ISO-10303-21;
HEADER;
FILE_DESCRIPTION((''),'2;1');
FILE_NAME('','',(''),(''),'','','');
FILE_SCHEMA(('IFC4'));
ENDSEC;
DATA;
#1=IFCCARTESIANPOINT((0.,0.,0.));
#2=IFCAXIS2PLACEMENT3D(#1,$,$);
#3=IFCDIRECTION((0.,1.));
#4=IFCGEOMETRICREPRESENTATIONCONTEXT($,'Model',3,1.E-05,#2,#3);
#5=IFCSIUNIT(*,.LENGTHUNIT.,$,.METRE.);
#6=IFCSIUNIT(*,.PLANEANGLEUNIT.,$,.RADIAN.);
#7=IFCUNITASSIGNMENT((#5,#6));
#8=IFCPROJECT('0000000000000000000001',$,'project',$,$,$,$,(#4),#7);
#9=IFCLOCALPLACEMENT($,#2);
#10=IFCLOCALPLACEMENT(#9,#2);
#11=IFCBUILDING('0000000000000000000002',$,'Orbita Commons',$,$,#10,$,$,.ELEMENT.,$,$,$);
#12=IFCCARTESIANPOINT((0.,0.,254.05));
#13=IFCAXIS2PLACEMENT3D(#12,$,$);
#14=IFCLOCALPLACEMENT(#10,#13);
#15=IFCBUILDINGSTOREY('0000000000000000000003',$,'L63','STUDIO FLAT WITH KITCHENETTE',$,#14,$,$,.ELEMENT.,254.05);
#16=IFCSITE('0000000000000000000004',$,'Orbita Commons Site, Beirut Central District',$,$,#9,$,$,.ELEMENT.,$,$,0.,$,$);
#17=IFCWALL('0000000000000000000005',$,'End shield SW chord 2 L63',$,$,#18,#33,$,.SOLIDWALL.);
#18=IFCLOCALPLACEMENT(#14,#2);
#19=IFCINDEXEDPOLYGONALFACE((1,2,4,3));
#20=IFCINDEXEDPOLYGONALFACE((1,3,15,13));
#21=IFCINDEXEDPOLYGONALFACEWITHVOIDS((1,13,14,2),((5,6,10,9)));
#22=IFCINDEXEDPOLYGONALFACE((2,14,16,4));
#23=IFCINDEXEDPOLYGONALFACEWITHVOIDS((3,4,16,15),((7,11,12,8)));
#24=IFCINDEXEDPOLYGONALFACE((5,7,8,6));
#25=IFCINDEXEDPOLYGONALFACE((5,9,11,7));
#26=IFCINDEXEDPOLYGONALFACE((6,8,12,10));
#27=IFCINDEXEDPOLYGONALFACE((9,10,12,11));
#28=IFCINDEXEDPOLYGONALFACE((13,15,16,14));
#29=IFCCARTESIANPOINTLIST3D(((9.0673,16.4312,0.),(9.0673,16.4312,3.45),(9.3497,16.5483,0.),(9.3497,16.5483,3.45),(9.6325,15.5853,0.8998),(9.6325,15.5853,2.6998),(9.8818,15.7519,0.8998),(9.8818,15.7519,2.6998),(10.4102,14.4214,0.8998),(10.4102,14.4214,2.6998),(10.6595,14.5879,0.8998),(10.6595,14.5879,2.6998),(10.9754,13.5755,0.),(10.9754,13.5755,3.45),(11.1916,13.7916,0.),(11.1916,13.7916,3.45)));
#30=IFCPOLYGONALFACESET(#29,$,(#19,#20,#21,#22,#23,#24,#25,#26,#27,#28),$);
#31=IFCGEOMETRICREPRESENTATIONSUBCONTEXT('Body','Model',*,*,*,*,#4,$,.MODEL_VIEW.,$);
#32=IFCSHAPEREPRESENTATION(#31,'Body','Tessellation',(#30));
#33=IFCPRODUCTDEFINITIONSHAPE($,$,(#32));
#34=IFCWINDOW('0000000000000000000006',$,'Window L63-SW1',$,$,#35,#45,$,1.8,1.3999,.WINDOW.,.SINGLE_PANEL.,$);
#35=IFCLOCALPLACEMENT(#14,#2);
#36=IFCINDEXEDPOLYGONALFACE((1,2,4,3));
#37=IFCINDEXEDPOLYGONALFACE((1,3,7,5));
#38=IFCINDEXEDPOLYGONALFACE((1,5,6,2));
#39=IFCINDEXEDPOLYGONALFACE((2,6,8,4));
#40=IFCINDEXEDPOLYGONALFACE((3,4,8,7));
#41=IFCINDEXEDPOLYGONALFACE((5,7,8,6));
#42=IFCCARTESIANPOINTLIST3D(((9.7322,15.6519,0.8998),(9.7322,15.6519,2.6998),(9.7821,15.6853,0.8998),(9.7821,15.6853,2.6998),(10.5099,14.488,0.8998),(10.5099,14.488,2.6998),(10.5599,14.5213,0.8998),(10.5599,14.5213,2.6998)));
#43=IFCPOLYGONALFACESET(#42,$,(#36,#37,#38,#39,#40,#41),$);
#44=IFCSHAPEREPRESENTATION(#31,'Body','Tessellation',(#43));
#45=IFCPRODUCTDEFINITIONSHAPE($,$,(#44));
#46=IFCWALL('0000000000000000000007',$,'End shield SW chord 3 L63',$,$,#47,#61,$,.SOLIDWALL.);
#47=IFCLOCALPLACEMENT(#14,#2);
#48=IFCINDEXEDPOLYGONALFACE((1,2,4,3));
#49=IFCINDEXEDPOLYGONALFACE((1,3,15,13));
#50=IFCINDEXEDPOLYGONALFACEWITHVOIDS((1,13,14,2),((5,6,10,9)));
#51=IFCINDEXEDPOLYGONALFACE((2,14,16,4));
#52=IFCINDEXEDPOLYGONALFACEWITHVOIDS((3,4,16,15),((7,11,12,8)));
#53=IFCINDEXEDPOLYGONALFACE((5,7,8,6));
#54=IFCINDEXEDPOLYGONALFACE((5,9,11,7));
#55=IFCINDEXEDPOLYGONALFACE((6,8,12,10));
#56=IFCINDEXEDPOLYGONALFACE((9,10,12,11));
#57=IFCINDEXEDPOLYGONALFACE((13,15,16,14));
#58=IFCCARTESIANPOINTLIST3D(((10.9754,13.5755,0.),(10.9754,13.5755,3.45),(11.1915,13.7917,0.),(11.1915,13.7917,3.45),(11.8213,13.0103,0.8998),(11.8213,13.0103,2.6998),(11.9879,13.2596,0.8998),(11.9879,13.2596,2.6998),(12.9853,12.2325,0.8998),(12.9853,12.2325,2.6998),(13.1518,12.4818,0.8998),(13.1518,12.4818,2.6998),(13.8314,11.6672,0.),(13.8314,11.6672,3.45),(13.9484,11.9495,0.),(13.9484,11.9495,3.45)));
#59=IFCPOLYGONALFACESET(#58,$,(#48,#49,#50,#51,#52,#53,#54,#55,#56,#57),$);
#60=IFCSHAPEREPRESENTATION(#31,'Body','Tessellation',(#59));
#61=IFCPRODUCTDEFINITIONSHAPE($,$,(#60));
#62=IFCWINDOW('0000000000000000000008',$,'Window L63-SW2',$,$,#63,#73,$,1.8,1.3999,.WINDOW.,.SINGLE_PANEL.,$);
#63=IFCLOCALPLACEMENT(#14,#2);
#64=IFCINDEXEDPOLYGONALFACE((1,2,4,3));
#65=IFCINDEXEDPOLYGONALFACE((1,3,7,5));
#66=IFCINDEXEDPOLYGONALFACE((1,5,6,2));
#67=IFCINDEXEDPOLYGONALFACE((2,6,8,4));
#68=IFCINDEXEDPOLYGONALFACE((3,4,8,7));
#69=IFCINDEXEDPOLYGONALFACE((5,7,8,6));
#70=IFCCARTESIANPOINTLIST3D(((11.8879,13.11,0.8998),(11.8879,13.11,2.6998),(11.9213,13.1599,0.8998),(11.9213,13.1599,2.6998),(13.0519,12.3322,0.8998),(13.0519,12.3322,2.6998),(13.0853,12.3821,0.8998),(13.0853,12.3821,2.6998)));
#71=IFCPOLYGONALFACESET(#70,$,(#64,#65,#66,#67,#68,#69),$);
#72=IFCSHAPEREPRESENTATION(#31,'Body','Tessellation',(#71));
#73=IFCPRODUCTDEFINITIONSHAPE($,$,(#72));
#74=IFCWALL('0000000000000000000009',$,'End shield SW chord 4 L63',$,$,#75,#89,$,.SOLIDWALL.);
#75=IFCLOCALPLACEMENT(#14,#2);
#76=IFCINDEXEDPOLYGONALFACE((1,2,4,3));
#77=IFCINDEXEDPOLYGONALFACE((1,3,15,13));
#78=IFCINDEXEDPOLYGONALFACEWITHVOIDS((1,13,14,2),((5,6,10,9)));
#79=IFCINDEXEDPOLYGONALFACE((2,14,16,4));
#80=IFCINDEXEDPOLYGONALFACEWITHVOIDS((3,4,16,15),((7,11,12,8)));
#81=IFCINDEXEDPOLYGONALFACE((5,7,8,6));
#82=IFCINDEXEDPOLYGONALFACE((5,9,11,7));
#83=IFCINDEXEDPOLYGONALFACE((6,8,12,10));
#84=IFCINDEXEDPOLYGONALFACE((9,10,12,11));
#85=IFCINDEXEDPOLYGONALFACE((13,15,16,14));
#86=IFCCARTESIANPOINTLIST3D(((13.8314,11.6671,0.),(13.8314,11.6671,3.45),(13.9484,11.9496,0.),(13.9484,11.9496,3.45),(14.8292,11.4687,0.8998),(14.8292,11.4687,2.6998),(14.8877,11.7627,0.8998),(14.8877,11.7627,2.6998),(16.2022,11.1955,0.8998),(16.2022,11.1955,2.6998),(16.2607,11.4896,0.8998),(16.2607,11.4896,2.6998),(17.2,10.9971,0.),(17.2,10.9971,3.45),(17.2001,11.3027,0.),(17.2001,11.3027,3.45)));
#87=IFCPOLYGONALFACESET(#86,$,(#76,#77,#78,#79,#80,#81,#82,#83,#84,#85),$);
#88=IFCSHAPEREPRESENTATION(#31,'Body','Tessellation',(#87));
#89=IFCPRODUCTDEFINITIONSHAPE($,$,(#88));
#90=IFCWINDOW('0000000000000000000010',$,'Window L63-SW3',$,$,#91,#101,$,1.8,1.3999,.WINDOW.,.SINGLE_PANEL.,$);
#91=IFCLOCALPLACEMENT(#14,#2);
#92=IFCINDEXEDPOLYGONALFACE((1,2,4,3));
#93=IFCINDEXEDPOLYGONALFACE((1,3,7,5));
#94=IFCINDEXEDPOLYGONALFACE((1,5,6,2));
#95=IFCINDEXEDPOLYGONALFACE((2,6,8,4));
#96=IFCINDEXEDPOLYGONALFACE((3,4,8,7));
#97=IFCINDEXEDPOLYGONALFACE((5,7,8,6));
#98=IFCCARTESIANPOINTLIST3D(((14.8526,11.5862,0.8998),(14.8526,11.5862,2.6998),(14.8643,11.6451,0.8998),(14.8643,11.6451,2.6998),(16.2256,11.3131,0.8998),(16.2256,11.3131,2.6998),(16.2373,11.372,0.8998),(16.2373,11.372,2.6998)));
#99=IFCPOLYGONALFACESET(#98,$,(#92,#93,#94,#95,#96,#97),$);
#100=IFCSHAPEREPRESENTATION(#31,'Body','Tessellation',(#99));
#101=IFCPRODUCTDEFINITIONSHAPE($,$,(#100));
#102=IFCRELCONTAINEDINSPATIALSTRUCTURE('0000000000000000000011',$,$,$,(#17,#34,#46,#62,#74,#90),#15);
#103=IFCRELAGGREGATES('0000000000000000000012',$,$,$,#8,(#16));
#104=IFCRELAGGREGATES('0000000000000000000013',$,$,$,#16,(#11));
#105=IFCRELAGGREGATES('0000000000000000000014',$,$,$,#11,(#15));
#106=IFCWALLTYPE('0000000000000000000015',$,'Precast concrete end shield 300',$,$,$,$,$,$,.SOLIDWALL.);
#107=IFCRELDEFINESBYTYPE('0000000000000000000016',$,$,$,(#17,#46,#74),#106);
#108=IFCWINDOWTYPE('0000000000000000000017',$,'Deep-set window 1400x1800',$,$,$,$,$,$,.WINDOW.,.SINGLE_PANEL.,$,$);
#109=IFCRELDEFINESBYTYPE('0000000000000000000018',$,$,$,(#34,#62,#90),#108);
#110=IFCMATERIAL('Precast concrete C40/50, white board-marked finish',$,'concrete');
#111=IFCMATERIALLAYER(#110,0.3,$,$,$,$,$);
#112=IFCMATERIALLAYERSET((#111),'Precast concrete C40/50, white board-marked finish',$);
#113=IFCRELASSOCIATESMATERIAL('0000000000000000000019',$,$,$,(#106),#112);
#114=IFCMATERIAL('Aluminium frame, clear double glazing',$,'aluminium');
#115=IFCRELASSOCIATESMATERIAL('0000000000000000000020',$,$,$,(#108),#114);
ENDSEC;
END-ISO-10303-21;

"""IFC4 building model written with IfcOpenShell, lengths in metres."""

from ifc_helpers import new_model, si_unit, direction, frame, frame_2d, origin, place, context, subcontext, project, spatial, polyline, rectangle, outline, extrude, material, layer, layer_set, type_object, element, fill, save


model = new_model("IFC4")

# Units and contexts
model_context = context("Model", 3, precision=1e-05, world=origin(), true_north=direction((0.0, 1.0)))
body_context = subcontext(model_context, "Body", "Model", "MODEL_VIEW")
ifc_project = project(units=[si_unit("LENGTHUNIT", "METRE"), si_unit("PLANEANGLEUNIT", "RADIAN")], contexts=[model_context])

# Site, building, storey
site_placement = place(None, origin())
site = spatial("IfcSite", under=ifc_project, at=site_placement, Name="Orbita Commons Site, Beirut Central District", CompositionType="ELEMENT", RefElevation=0.0)
building_placement = place(site_placement, origin())
building = spatial("IfcBuilding", under=site, at=building_placement, Name="Orbita Commons", CompositionType="ELEMENT")
storey_placement = place(building_placement, frame((0.0, 0.0, 254.05)))
storey = spatial("IfcBuildingStorey", under=building, at=storey_placement, Name="L63", Description="STUDIO FLAT WITH KITCHENETTE", CompositionType="ELEMENT", Elevation=254.05)

# Walls, openings, windows
ifc_material_1 = material(Name="Precast concrete C40/50, white board-marked finish", Category="concrete")
ifc_layer_1 = layer(ifc_material_1, 0.3)
ifc_layer_set_1 = layer_set([ifc_layer_1], Name="Precast concrete C40/50, white board-marked finish")
wall_type_1 = type_object("IfcWallType", Name="Precast concrete end shield 300", PredefinedType="SOLIDWALL", material=ifc_layer_set_1)
wall_1_placement = place(storey_placement, frame((9.2085, 16.4897, 0.0), z_axis=(0.0, 0.0, 1.0), x_axis=(0.555568, -0.831471, 0.0)))
wall_1 = element("IfcWall", 1, at=wall_1_placement, inside=storey, type_object=wall_type_1, Name="End shield SW chord 2 L63", PredefinedType="SOLIDWALL", context=body_context, shape_type="SweptSolid", body=[
    extrude(outline(polyline([(-0.0298, -0.1499), (3.4048, -0.1499), (3.3452, 0.1499), (0.0298, 0.1499), (-0.0298, -0.1499)])), origin(), (0.0, 0.0, 1.0), 3.45),
])
opening_1_placement = place(wall_1_placement, frame((0.9875, 0.0, 0.8999)))
opening_1 = element("IfcOpeningElement", 2, at=opening_1_placement, cuts=wall_1, PredefinedType="OPENING", context=body_context, shape_type="SweptSolid", body=[
    extrude(rectangle(XDim=1.3999, YDim=1.8, at=frame_2d((0.7, 0.8999))), frame((0.0, 0.1599, 0.0), z_axis=(0.0, -1.0, 0.0), x_axis=(1.0, 0.0, 0.0)), (0.0, 0.0, 1.0), 0.3201),
])
ifc_material_2 = material(Name="Aluminium frame, clear double glazing", Category="aluminium")
window_type = type_object("IfcWindowType", Name="Deep-set window 1400x1800", PartitioningType="SINGLE_PANEL", PredefinedType="WINDOW", material=ifc_material_2)
window_1_placement = place(opening_1_placement, origin())
window_1 = element("IfcWindow", 3, at=window_1_placement, inside=storey, type_object=window_type, Name="Window L63-SW1", OverallHeight=1.8, OverallWidth=1.3999, PartitioningType="SINGLE_PANEL", PredefinedType="WINDOW", context=body_context, shape_type="SweptSolid", body=[
    extrude(rectangle(XDim=1.3999, YDim=1.8, at=frame_2d((0.7, 0.8999))), frame((0.0, 0.03, 0.0), z_axis=(0.0, -1.0, 0.0), x_axis=(1.0, 0.0, 0.0)), (0.0, 0.0, 1.0), 0.0601),
])
fill(opening_1, window_1)
wall_2_placement = place(storey_placement, frame((11.0835, 13.6836, 0.0), z_axis=(0.0, 0.0, 1.0), x_axis=(0.83146, -0.555585, 0.0)))
wall_2 = element("IfcWall", 4, at=wall_2_placement, inside=storey, type_object=wall_type_1, Name="End shield SW chord 3 L63", PredefinedType="SOLIDWALL", context=body_context, shape_type="SweptSolid", body=[
    extrude(outline(polyline([(-0.0298, -0.1499), (3.405, -0.1499), (3.3455, 0.1499), (0.0298, 0.1499), (-0.0298, -0.1499)])), origin(), (0.0, 0.0, 1.0), 3.45),
])
opening_2_placement = place(wall_2_placement, frame((0.9875, 0.0, 0.8999)))
opening_2 = element("IfcOpeningElement", 5, at=opening_2_placement, cuts=wall_2, PredefinedType="OPENING", context=body_context, shape_type="SweptSolid", body=[
    extrude(rectangle(XDim=1.3999, YDim=1.8, at=frame_2d((0.7, 0.8999))), frame((0.0, 0.1599, 0.0), z_axis=(0.0, -1.0, 0.0), x_axis=(1.0, 0.0, 0.0)), (0.0, 0.0, 1.0), 0.3201),
])
window_2_placement = place(opening_2_placement, origin())
window_2 = element("IfcWindow", 6, at=window_2_placement, inside=storey, type_object=window_type, Name="Window L63-SW2", OverallHeight=1.8, OverallWidth=1.3999, PartitioningType="SINGLE_PANEL", PredefinedType="WINDOW", context=body_context, shape_type="SweptSolid", body=[
    extrude(rectangle(XDim=1.3999, YDim=1.8, at=frame_2d((0.7, 0.8999))), frame((0.0, 0.03, 0.0), z_axis=(0.0, -1.0, 0.0), x_axis=(1.0, 0.0, 0.0)), (0.0, 0.0, 1.0), 0.0601),
])
fill(opening_2, window_2)
wall_3_placement = place(storey_placement, frame((13.8899, 11.8083, 0.0), z_axis=(0.0, 0.0, 1.0), x_axis=(0.980783, -0.1951, 0.0)))
wall_3 = element("IfcWall", 7, at=wall_3_placement, inside=storey, type_object=wall_type_1, Name="End shield SW chord 4 L63", PredefinedType="SOLIDWALL", context=body_context, shape_type="SweptSolid", body=[
    extrude(outline(polyline([(-0.0298, -0.1499), (3.4048, -0.1499), (3.3452, 0.1499), (0.0298, 0.1499), (-0.0298, -0.1499)])), origin(), (0.0, 0.0, 1.0), 3.45),
])
opening_3_placement = place(wall_3_placement, frame((0.9875, 0.0, 0.8999)))
opening_3 = element("IfcOpeningElement", 8, at=opening_3_placement, cuts=wall_3, PredefinedType="OPENING", context=body_context, shape_type="SweptSolid", body=[
    extrude(rectangle(XDim=1.3999, YDim=1.8, at=frame_2d((0.7, 0.8999))), frame((0.0, 0.1599, 0.0), z_axis=(0.0, -1.0, 0.0), x_axis=(1.0, 0.0, 0.0)), (0.0, 0.0, 1.0), 0.3201),
])
window_3_placement = place(opening_3_placement, origin())
window_3 = element("IfcWindow", 9, at=window_3_placement, inside=storey, type_object=window_type, Name="Window L63-SW3", OverallHeight=1.8, OverallWidth=1.3999, PartitioningType="SINGLE_PANEL", PredefinedType="WINDOW", context=body_context, shape_type="SweptSolid", body=[
    extrude(rectangle(XDim=1.3999, YDim=1.8, at=frame_2d((0.7, 0.8999))), frame((0.0, 0.03, 0.0), z_axis=(0.0, -1.0, 0.0), x_axis=(1.0, 0.0, 0.0)), (0.0, 0.0, 1.0), 0.0601),
])
fill(opening_3, window_3)

save(model, "model.ifc")
